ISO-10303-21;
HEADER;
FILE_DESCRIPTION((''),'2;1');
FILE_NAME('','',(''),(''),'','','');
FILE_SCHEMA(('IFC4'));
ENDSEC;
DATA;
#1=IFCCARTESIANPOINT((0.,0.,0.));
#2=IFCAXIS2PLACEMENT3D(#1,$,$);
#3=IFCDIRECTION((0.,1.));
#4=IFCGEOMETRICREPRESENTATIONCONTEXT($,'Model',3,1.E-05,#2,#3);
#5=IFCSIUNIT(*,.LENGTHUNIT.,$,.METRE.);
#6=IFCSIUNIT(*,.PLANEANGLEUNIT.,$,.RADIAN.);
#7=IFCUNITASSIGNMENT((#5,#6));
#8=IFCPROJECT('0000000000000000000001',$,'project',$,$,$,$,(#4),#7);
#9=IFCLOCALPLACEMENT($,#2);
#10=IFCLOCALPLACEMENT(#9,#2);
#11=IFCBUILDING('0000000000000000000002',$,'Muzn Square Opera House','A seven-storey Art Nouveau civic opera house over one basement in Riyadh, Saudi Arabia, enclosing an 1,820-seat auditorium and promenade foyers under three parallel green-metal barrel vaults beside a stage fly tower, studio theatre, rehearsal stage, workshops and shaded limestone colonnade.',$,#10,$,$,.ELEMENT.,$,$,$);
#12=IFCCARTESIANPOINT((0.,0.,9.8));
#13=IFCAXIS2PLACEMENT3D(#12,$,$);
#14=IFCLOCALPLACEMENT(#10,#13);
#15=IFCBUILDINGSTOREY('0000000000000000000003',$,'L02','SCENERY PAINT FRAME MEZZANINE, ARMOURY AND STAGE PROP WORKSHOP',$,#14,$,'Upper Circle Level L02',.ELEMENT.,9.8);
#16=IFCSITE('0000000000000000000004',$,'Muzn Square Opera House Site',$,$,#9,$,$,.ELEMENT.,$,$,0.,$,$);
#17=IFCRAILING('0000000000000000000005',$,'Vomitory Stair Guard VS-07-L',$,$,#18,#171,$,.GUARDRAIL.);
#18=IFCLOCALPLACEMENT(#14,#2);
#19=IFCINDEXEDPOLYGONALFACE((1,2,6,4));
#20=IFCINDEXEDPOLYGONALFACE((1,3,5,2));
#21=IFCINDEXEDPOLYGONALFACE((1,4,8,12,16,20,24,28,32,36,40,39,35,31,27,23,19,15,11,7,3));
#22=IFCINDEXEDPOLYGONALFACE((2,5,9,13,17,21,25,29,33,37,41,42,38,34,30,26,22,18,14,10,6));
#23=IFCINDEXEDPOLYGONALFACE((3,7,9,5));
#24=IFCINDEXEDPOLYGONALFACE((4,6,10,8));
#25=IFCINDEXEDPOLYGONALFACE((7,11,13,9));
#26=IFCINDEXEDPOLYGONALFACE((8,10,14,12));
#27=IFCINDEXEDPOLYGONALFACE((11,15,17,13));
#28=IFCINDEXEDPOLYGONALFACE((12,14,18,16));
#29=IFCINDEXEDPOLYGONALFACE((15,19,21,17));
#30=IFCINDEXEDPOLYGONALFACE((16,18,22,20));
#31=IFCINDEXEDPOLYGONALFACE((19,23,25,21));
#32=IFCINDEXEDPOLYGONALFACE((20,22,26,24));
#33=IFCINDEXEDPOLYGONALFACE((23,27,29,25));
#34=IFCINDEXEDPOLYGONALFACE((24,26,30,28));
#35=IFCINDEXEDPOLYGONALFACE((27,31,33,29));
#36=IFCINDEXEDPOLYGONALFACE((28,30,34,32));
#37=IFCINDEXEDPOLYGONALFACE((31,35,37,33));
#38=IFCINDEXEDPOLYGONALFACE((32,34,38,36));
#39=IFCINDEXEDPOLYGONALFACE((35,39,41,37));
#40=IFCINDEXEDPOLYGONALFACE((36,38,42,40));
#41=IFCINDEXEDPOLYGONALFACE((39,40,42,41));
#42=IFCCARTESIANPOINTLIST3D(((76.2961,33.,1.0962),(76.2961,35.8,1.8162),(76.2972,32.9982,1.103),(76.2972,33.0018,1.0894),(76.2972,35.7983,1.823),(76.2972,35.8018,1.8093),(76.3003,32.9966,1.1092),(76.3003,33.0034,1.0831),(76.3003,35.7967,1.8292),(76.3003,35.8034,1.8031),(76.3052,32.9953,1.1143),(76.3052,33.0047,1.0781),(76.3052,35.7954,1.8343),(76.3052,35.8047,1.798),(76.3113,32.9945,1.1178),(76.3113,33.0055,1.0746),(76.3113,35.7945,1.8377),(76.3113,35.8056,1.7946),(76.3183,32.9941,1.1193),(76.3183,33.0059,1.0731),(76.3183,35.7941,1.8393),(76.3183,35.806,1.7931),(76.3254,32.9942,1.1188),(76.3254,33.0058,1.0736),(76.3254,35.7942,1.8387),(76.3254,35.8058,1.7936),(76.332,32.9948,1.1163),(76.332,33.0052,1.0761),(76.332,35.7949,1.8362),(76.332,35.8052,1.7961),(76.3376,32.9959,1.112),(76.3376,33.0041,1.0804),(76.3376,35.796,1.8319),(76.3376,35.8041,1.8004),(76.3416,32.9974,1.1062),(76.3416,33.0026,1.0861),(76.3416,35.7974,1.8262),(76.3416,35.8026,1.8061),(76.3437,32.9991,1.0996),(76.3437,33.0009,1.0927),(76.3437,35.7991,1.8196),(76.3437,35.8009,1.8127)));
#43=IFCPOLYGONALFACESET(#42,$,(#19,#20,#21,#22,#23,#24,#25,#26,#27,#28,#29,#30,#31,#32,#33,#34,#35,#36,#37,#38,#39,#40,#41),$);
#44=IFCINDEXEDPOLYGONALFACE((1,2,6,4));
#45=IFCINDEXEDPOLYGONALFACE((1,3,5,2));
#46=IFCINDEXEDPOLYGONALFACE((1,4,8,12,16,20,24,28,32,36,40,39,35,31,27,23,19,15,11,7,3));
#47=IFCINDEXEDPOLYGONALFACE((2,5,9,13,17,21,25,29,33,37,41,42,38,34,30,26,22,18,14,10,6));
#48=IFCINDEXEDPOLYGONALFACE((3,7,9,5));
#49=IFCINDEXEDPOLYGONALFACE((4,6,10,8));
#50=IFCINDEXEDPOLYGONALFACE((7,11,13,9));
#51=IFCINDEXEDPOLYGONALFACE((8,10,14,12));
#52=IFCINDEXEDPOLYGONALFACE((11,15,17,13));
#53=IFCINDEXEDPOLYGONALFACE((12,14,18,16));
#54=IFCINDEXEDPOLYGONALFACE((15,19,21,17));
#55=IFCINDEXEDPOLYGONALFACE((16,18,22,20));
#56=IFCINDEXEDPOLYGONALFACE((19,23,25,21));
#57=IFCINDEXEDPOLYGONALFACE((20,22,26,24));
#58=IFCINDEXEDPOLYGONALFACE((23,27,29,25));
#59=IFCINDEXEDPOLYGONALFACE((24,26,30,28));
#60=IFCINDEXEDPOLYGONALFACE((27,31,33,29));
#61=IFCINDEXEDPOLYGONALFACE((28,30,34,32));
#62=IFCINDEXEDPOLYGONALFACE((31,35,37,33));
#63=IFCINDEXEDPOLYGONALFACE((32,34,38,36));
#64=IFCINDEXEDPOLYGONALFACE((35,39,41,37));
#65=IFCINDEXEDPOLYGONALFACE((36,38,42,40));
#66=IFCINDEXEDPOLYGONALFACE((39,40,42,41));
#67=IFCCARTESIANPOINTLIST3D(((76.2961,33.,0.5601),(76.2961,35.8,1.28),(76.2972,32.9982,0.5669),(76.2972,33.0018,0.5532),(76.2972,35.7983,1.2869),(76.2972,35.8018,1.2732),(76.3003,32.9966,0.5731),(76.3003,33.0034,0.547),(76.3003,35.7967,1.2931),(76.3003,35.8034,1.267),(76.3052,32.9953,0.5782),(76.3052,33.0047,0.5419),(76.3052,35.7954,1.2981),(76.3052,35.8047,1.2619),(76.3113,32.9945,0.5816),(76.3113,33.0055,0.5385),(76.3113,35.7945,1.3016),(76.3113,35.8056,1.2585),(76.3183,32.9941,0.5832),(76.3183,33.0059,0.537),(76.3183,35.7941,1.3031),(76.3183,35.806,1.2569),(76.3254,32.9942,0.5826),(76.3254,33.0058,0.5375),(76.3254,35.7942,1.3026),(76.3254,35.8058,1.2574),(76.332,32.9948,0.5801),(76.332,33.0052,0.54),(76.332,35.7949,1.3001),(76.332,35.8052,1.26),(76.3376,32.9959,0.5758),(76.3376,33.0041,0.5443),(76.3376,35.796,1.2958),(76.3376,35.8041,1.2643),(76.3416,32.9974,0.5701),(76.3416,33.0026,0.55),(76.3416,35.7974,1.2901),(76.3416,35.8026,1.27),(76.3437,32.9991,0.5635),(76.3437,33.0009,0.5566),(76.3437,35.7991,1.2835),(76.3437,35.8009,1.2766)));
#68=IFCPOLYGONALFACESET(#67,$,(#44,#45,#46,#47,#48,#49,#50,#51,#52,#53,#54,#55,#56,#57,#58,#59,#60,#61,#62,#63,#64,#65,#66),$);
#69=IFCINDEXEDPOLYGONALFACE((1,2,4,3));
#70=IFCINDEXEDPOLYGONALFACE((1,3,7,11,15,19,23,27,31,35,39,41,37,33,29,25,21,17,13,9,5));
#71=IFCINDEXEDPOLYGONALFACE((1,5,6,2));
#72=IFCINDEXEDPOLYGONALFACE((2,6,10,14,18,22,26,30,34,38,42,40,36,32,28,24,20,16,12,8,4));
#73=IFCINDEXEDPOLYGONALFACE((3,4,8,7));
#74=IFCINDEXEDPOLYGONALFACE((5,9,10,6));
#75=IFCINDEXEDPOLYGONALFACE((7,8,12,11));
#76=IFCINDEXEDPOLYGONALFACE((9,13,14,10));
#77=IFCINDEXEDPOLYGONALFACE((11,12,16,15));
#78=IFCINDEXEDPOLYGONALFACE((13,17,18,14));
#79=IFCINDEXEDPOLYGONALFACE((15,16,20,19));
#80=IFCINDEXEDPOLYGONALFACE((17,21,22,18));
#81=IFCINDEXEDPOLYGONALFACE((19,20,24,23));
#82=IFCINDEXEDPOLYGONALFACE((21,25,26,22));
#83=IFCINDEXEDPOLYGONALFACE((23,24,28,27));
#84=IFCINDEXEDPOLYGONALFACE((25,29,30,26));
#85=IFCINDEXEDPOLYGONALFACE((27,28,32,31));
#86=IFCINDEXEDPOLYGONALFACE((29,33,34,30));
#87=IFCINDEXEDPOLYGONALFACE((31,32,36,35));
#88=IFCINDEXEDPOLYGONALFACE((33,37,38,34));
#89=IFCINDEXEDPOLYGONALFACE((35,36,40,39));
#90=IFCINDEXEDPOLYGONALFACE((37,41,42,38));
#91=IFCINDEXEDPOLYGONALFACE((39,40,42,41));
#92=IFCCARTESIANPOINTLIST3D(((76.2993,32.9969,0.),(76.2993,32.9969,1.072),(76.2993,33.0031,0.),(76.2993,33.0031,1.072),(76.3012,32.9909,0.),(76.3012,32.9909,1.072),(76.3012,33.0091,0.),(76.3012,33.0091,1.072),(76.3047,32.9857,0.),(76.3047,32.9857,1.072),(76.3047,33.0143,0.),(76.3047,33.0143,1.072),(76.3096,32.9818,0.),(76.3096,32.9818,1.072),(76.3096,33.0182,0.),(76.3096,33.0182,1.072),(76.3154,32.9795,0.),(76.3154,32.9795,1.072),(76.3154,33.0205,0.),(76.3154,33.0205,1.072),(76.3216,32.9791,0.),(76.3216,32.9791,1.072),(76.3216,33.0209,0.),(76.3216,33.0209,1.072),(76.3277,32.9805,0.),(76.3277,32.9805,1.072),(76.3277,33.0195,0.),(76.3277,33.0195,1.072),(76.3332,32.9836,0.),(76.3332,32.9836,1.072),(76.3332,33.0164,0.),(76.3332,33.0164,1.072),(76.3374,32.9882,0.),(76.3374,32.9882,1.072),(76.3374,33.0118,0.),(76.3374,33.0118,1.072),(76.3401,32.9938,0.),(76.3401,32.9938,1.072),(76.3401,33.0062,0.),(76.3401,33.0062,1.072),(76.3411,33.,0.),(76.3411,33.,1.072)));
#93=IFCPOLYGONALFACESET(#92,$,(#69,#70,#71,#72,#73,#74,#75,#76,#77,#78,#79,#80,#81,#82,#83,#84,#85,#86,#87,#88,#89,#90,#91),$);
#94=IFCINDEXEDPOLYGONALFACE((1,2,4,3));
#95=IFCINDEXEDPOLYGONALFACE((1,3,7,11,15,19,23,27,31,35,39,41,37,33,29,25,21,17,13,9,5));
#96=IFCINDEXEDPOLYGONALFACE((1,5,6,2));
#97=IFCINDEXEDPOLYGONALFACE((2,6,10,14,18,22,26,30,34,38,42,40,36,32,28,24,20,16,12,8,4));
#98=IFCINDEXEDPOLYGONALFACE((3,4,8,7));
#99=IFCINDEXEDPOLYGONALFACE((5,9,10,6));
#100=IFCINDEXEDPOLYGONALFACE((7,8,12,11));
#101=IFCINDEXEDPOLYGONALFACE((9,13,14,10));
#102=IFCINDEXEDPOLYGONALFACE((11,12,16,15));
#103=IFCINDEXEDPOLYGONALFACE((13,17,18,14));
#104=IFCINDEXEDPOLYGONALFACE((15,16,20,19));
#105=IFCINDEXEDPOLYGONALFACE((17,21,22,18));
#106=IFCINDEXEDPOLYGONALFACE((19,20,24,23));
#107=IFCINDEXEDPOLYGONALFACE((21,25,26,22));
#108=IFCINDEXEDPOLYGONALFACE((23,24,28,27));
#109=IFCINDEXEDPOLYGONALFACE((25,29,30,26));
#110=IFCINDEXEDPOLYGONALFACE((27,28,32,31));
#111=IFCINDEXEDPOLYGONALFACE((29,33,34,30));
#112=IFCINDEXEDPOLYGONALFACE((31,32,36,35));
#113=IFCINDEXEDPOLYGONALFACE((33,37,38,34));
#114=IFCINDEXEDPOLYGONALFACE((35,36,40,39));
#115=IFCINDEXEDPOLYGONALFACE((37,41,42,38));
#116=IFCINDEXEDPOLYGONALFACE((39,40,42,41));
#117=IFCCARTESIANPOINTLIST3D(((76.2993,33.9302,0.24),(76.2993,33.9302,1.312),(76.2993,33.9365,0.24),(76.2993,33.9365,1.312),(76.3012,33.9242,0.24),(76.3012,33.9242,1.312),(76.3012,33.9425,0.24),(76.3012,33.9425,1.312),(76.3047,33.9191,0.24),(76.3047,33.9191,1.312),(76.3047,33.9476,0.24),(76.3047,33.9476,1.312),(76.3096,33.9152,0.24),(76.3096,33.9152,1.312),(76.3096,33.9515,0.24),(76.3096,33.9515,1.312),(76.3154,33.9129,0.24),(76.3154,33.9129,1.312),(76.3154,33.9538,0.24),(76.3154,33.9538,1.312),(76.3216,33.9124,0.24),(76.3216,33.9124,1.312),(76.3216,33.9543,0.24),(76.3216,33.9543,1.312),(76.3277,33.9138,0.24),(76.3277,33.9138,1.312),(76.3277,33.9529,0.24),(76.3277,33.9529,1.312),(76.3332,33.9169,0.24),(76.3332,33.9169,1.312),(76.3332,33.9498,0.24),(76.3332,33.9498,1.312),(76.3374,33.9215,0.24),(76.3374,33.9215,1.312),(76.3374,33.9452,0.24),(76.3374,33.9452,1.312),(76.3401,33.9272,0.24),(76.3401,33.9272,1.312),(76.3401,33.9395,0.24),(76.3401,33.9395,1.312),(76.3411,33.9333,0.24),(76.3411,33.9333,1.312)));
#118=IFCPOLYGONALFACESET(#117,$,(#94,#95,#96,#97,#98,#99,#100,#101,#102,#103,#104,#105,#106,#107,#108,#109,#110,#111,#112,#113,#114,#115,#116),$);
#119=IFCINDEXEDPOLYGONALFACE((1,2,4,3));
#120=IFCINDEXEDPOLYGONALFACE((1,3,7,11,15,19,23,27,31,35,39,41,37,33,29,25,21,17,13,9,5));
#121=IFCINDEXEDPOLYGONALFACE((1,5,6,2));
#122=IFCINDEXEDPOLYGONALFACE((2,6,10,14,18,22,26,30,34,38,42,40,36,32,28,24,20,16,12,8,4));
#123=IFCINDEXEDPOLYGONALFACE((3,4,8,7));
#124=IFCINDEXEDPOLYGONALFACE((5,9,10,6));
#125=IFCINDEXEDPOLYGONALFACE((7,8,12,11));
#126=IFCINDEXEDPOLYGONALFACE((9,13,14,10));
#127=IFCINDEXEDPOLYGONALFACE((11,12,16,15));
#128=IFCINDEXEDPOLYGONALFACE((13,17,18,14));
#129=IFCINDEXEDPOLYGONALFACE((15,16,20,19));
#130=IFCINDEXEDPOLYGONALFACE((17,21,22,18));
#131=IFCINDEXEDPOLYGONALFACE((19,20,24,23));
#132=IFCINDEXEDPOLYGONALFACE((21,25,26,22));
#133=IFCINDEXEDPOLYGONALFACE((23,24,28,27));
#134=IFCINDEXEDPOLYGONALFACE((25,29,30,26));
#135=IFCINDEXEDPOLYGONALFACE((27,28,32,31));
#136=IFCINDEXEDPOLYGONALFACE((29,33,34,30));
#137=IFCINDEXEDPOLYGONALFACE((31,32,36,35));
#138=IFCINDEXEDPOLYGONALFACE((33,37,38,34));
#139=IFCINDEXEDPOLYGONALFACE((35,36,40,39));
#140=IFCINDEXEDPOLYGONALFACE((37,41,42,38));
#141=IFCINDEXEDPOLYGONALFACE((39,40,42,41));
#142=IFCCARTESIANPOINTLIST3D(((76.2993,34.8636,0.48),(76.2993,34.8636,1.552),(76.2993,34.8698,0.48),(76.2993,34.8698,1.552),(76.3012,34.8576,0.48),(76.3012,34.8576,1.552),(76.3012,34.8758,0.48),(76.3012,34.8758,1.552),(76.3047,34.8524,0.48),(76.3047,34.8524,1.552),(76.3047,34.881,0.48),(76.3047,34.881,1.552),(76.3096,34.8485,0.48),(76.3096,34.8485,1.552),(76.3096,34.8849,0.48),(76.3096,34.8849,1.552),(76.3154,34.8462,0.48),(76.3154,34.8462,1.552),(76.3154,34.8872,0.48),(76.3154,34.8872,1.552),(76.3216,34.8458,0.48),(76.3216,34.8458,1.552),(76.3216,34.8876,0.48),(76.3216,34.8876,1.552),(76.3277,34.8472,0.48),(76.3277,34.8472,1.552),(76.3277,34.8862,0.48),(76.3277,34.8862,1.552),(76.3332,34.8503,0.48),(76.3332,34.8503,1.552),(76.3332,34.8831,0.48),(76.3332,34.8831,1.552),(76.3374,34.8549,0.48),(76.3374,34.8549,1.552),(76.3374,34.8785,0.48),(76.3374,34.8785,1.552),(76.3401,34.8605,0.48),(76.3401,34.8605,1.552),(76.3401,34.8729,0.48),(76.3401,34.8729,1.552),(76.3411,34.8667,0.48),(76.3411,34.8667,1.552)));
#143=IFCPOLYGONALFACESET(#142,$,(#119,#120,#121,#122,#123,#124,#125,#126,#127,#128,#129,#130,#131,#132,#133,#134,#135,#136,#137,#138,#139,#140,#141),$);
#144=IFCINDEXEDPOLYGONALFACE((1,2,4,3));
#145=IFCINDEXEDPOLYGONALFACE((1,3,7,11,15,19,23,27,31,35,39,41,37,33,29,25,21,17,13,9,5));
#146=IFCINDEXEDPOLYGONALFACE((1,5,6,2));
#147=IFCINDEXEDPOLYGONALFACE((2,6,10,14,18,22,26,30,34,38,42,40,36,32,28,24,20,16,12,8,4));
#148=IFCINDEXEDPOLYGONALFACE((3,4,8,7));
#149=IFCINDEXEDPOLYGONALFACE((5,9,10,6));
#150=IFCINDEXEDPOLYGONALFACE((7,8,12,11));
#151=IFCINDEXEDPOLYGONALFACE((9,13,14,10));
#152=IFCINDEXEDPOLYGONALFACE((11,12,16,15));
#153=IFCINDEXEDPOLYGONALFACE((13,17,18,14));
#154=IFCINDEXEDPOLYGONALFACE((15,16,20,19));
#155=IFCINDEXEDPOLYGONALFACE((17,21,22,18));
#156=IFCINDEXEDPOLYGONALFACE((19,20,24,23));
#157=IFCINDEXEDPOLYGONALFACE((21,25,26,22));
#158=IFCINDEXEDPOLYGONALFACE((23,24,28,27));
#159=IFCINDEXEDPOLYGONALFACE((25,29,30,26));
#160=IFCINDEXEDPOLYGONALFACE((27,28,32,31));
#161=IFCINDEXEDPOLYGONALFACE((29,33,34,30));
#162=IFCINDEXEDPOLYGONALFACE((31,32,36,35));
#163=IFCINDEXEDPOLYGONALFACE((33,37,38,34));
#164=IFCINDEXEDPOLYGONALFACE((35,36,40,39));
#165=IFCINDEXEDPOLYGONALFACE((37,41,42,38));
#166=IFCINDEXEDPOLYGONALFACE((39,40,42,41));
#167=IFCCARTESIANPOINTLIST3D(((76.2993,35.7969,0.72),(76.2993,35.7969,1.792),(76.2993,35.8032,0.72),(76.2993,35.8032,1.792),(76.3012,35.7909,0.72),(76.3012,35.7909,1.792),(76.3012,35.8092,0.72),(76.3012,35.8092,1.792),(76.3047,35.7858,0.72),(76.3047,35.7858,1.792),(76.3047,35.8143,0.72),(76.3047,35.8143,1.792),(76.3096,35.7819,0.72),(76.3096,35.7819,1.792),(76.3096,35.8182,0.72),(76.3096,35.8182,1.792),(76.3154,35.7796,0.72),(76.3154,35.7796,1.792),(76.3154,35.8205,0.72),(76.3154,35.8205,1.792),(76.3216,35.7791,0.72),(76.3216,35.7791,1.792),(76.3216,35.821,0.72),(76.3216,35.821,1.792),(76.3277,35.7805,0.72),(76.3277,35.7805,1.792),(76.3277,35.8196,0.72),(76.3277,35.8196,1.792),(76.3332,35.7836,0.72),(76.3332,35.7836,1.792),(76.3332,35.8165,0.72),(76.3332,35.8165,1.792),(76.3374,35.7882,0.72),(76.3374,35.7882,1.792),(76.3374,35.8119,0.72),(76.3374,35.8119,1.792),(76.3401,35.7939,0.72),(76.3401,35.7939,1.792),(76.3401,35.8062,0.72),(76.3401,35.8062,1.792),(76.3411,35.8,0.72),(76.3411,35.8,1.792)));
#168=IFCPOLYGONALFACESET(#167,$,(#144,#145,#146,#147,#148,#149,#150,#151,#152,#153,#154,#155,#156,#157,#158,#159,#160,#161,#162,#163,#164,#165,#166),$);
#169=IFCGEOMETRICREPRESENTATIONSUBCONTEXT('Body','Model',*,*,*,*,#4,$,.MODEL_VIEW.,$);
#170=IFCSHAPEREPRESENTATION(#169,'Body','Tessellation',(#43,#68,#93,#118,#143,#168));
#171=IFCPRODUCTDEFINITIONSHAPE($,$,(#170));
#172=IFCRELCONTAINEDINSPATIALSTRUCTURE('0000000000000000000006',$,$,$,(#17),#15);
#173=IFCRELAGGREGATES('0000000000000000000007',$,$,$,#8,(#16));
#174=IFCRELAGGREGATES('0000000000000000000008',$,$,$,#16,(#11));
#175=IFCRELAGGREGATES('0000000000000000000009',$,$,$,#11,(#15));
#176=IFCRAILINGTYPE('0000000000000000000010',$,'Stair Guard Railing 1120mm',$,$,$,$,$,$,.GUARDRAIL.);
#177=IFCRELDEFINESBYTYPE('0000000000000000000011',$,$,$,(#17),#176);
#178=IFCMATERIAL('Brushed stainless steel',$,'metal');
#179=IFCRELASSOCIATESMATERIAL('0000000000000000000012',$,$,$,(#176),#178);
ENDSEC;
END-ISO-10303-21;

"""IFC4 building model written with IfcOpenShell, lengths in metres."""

from ifc_helpers import new_model, si_unit, direction, frame, origin, origin_2d, place, context, subcontext, project, spatial, circle, extrude, material, type_object, element, save


model = new_model("IFC4")

# Units and contexts
model_context = context("Model", 3, precision=1e-05, world=origin(), true_north=direction((0.0, 1.0)))
body_context = subcontext(model_context, "Body", "Model", "MODEL_VIEW")
ifc_project = project(units=[si_unit("LENGTHUNIT", "METRE"), si_unit("PLANEANGLEUNIT", "RADIAN")], contexts=[model_context])

# Site, building, storey
site_placement = place(None, origin())
site = spatial("IfcSite", under=ifc_project, at=site_placement, Name="Muzn Square Opera House Site", CompositionType="ELEMENT", RefElevation=0.0)
building_placement = place(site_placement, origin())
building = spatial("IfcBuilding", under=site, at=building_placement, Name="Muzn Square Opera House", Description="A seven-storey Art Nouveau civic opera house over one basement in Riyadh, Saudi Arabia, enclosing an 1,820-seat auditorium and promenade foyers under three parallel green-metal barrel vaults beside a stage fly tower, studio theatre, rehearsal stage, workshops and shaded limestone colonnade.", CompositionType="ELEMENT")
storey_placement = place(building_placement, frame((0.0, 0.0, 9.8)))
storey = spatial("IfcBuildingStorey", under=building, at=storey_placement, Name="L02", Description="SCENERY PAINT FRAME MEZZANINE, ARMOURY AND STAGE PROP WORKSHOP", LongName="Upper Circle Level L02", CompositionType="ELEMENT", Elevation=9.8)

# Railing
ifc_material_1 = material(Name="Brushed stainless steel", Category="metal")
railing_type_1 = type_object("IfcRailingType", Name="Stair Guard Railing 1120mm", PredefinedType="GUARDRAIL", material=ifc_material_1)
for number, where, name in (
    (1, (76.3201, 33.0, 0.0), "Vomitory Stair Guard VS-07-L"),
):
    element("IfcRailing", number, at=place(storey_placement, frame(where)), inside=storey, type_object=railing_type_1, Name=name, PredefinedType="GUARDRAIL", context=body_context, shape_type="SweptSolid", body=[
        extrude(circle(Radius=0.0239, at=origin_2d()), frame((0.0, 0.0, 1.0962), z_axis=(0.0, 0.968496, 0.249027), x_axis=(-1.0, 0.0, 0.0)), (0.0, 0.0, 1.0), 2.8911),
        extrude(circle(Radius=0.0239, at=origin_2d()), frame((0.0, 0.0, 0.5601), z_axis=(0.0, 0.968496, 0.249027), x_axis=(-1.0, 0.0, 0.0)), (0.0, 0.0, 1.0), 2.8911),
        extrude(circle(Radius=0.021, at=origin_2d()), origin(), (0.0, 0.0, 1.0), 1.072),
        extrude(circle(Radius=0.021, at=origin_2d()), frame((0.0, 0.9333, 0.24)), (0.0, 0.0, 1.0), 1.072),
        extrude(circle(Radius=0.021, at=origin_2d()), frame((0.0, 1.8667, 0.48)), (0.0, 0.0, 1.0), 1.072),
        extrude(circle(Radius=0.021, at=origin_2d()), frame((0.0, 2.8, 0.72)), (0.0, 0.0, 1.0), 1.072),
    ])

save(model, "model.ifc")
